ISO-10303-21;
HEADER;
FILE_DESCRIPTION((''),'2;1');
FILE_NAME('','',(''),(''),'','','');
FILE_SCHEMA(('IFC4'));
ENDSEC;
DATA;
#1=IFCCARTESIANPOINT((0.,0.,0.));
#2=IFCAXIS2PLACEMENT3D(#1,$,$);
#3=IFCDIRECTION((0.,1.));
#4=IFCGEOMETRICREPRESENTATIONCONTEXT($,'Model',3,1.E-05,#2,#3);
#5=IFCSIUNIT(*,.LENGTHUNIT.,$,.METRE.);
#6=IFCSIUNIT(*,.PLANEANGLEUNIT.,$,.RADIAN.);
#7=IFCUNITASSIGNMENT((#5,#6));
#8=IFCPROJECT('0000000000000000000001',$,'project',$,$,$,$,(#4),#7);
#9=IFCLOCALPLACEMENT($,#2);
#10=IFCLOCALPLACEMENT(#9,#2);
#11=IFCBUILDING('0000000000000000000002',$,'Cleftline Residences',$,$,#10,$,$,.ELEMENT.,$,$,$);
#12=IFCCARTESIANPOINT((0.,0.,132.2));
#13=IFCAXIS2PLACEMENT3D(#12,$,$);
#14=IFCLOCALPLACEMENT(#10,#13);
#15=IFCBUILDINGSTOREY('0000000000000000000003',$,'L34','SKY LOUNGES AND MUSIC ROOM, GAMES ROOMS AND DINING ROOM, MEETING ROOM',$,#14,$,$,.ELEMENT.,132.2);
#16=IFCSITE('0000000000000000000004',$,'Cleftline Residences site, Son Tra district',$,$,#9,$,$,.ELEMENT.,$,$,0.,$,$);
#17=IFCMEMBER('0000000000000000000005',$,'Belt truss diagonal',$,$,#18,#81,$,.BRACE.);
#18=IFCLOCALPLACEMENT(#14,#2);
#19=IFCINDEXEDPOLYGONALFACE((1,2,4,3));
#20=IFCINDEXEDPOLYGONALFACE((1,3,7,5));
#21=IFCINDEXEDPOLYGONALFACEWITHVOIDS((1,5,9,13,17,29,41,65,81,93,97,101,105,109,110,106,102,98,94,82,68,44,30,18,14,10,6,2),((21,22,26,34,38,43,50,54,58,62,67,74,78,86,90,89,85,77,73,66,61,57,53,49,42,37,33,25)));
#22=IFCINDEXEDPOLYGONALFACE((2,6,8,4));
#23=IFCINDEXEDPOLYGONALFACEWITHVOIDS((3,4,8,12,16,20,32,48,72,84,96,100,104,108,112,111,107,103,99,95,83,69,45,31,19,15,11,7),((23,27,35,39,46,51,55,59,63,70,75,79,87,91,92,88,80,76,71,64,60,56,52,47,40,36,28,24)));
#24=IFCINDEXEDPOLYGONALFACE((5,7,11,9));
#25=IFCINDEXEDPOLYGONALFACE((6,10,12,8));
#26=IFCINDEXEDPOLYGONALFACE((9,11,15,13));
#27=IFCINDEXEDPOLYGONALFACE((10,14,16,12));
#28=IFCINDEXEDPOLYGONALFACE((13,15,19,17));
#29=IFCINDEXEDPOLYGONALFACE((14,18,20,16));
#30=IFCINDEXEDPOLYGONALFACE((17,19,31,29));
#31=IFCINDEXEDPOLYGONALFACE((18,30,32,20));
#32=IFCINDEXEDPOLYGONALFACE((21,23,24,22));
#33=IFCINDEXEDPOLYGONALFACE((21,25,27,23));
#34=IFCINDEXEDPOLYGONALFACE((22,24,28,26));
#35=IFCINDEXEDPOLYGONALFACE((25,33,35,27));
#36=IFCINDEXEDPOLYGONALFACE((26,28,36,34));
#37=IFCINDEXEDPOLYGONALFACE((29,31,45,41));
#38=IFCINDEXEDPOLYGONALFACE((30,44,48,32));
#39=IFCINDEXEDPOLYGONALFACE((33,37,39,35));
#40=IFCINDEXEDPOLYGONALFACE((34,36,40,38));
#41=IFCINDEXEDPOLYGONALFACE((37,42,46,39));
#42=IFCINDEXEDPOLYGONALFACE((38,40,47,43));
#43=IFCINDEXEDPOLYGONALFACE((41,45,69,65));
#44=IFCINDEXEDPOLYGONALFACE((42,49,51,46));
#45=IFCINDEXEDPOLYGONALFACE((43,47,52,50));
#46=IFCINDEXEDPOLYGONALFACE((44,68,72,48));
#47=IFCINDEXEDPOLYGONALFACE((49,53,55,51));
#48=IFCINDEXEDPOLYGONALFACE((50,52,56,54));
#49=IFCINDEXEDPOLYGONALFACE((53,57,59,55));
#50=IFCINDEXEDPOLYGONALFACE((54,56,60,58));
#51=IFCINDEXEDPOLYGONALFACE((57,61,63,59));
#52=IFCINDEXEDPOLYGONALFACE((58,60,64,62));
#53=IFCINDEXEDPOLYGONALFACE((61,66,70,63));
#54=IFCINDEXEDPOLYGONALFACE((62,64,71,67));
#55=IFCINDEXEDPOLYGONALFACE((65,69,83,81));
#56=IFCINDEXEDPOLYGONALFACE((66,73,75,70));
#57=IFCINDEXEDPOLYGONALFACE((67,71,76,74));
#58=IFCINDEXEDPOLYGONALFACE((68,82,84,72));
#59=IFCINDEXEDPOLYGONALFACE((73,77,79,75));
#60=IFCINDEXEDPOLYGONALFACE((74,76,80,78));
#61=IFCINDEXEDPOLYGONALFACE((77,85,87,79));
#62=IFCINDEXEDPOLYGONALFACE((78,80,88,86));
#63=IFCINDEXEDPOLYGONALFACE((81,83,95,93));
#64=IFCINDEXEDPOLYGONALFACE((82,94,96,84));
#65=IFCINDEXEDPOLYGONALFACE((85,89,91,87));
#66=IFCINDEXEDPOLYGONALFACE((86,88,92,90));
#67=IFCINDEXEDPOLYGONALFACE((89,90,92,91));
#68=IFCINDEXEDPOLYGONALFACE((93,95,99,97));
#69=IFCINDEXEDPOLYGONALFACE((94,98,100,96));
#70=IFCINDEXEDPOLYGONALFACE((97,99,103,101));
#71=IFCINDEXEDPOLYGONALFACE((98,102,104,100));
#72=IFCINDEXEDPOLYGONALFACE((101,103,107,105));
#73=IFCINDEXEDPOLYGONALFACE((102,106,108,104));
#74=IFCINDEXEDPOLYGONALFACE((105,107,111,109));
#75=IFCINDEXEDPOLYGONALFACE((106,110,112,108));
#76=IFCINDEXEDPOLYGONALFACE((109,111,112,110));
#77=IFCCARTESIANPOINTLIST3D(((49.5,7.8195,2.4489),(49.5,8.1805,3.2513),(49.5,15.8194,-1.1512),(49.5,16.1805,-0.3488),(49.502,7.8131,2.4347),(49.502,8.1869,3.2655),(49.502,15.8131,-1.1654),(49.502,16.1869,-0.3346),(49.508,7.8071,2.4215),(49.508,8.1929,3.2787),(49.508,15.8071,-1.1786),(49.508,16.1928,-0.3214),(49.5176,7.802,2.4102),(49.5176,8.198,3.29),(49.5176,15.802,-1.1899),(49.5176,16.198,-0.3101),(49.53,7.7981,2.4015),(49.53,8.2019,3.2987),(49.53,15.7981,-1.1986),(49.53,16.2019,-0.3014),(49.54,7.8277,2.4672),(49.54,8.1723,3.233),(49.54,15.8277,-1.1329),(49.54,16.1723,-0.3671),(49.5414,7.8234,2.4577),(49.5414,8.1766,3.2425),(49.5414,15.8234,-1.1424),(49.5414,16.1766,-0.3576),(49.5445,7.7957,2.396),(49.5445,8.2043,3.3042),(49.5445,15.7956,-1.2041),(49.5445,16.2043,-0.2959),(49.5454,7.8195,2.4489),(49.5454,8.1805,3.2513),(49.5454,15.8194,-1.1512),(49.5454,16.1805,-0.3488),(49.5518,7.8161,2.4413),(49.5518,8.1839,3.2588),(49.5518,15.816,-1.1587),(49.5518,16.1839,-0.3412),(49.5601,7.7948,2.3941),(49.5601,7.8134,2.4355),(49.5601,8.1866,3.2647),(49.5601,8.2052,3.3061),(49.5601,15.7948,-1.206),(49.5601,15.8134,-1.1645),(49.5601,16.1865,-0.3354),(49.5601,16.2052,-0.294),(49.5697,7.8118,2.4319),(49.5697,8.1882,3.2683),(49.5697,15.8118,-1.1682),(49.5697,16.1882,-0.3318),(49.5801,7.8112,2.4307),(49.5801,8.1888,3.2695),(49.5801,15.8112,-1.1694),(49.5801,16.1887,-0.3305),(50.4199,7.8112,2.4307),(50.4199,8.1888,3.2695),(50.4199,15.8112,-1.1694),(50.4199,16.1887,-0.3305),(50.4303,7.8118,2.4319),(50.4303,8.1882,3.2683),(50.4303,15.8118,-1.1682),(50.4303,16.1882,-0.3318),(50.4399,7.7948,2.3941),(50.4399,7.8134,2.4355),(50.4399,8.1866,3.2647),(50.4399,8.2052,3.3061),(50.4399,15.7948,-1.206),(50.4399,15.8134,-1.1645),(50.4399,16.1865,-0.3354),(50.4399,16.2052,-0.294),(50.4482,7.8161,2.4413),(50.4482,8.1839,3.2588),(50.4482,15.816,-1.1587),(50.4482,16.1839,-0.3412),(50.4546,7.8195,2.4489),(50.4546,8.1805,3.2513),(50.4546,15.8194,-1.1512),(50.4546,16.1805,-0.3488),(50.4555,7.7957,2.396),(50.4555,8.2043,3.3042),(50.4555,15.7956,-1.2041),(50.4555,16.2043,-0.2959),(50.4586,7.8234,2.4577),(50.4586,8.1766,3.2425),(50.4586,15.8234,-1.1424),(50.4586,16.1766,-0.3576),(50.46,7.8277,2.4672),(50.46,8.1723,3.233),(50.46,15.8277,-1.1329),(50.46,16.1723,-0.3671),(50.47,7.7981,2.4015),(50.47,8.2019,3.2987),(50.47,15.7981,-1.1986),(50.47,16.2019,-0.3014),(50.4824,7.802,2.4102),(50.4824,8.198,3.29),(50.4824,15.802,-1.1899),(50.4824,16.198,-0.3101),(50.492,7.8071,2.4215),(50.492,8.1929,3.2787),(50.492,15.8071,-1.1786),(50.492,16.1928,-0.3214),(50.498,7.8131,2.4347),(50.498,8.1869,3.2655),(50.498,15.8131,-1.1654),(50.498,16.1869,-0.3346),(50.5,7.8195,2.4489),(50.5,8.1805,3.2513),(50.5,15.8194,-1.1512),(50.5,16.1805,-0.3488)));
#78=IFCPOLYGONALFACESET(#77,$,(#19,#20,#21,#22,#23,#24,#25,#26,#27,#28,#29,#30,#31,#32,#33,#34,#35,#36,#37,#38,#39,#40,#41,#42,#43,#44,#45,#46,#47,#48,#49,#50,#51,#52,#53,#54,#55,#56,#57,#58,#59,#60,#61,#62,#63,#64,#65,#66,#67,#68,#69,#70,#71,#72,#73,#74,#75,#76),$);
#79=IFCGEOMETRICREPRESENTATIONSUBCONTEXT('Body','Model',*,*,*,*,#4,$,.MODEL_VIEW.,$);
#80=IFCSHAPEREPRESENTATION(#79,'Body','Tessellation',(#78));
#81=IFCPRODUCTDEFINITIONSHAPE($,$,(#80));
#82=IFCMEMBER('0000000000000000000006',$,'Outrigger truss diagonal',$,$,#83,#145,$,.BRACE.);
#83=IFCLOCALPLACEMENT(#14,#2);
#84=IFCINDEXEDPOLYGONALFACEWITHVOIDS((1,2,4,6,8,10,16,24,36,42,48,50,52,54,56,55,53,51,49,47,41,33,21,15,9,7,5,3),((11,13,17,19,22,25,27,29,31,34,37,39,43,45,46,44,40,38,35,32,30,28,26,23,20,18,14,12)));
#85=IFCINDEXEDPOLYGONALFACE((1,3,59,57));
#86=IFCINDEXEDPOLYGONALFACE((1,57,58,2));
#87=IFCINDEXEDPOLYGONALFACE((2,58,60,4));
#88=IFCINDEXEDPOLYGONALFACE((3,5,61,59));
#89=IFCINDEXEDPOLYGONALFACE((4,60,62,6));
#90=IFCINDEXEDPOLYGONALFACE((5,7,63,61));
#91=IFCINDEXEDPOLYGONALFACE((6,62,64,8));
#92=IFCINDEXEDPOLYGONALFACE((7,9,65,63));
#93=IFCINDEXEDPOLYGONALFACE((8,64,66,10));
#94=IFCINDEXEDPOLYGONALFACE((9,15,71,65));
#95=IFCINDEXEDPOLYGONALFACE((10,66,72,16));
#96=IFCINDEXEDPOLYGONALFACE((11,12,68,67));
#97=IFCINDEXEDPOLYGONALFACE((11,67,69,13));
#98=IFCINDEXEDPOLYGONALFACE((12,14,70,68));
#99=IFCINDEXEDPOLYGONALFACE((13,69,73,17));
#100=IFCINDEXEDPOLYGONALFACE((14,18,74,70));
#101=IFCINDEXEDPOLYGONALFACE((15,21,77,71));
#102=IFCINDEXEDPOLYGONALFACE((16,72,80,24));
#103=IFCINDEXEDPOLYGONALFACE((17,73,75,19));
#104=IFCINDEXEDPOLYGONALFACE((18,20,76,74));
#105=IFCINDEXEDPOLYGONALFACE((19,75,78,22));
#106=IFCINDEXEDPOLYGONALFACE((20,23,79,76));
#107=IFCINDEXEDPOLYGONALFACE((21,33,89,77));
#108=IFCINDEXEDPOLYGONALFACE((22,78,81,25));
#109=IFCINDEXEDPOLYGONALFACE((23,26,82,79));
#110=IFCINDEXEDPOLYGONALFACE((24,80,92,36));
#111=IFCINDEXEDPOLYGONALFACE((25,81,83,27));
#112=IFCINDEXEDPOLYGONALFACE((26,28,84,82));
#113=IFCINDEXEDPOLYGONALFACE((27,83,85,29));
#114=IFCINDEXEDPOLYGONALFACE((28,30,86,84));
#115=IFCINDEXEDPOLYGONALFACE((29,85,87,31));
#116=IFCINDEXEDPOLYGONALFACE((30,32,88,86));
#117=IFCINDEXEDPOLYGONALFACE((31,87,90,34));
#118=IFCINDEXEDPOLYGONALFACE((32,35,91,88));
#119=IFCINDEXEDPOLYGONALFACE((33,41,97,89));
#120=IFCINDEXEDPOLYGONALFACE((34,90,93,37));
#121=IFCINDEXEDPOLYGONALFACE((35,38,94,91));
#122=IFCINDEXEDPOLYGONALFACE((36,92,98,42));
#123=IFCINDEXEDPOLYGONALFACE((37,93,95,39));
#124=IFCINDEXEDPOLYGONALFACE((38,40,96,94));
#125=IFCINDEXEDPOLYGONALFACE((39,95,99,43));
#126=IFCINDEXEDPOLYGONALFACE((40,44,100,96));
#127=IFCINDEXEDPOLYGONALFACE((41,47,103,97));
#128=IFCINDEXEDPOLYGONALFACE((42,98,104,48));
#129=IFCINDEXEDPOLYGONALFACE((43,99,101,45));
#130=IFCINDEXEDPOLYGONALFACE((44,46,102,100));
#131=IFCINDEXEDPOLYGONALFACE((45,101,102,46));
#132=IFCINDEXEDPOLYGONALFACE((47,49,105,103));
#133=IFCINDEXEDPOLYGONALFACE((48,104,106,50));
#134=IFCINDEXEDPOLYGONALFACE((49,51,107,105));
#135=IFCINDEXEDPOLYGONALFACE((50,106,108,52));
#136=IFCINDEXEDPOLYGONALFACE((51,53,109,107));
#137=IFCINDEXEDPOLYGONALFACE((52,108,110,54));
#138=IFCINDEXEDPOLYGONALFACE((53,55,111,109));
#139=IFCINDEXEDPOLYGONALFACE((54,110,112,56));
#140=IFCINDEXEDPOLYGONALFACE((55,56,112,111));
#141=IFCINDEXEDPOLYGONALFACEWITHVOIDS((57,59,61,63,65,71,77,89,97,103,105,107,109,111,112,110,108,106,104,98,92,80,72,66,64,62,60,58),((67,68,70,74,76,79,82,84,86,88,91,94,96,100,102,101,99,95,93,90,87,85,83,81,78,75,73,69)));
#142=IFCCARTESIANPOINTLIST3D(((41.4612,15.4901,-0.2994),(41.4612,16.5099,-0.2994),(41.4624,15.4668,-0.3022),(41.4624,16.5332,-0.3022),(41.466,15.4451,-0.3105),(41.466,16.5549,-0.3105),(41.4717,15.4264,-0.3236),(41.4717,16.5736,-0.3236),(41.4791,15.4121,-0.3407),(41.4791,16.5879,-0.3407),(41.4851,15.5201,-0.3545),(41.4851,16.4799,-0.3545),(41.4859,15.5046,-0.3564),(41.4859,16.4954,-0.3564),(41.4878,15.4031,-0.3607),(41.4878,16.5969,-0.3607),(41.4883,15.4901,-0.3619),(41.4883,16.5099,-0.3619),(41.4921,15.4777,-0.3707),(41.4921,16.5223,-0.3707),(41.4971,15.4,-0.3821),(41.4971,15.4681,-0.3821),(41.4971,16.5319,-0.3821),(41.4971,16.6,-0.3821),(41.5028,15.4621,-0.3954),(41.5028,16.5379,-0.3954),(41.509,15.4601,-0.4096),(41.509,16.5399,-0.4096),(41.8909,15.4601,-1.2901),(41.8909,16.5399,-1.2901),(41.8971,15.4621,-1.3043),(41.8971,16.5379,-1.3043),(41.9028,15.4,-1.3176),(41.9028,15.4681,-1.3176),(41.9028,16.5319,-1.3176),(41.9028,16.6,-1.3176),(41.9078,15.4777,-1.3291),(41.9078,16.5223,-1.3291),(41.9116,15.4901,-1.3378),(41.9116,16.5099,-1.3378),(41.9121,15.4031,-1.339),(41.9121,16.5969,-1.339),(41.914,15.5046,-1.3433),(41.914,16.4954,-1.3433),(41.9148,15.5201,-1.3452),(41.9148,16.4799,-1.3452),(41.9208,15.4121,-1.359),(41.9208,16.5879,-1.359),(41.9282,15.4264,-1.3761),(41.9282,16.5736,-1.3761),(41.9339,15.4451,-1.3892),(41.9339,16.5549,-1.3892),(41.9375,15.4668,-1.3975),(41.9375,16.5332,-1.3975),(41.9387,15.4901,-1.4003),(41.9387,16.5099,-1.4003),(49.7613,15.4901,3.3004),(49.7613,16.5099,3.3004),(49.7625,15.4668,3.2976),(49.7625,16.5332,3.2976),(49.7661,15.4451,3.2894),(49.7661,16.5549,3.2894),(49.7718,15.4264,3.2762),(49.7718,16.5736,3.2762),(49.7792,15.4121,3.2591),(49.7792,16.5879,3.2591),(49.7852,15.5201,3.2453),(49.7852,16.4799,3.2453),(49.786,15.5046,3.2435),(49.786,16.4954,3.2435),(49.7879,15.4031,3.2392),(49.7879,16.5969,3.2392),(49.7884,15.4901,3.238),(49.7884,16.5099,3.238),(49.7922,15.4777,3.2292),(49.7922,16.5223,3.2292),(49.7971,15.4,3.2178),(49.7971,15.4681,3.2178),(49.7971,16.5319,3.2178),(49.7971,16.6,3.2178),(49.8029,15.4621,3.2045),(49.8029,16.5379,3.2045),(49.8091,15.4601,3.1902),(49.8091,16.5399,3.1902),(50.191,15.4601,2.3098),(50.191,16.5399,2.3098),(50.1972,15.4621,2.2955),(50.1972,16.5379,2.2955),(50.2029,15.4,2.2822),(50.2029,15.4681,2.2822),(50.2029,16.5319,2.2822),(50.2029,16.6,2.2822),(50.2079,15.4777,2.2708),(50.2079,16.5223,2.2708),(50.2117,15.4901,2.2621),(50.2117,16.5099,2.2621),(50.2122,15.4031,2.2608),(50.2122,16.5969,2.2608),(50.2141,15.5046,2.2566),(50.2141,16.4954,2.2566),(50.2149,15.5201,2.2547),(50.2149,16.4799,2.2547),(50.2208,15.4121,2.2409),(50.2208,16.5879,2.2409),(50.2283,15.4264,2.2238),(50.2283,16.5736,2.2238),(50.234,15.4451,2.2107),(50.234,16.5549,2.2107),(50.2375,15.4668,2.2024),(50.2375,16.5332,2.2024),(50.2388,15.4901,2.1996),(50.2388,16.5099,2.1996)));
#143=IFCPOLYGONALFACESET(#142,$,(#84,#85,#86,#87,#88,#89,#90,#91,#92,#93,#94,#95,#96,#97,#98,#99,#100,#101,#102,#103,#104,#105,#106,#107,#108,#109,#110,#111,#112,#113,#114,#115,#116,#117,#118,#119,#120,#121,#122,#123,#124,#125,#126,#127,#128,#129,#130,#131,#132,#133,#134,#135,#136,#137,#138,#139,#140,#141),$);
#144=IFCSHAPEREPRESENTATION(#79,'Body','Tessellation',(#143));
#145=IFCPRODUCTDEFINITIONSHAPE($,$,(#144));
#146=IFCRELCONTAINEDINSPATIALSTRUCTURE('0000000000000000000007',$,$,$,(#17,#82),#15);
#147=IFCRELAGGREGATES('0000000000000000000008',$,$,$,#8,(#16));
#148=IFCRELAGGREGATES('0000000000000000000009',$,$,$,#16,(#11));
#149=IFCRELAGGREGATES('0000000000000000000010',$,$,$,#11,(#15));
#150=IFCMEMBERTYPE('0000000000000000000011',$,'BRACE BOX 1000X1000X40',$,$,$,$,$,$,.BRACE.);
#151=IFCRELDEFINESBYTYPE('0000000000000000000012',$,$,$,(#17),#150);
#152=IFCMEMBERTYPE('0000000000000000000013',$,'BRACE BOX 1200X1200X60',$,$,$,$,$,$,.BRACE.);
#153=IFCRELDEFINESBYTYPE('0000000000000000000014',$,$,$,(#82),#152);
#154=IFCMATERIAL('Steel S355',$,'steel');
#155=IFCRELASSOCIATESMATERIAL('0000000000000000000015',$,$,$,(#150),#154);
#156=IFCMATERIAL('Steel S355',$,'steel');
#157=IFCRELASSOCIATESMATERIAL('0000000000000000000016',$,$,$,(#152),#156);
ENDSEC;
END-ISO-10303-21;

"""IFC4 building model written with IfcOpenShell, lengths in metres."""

from ifc_helpers import new_model, si_unit, direction, frame, origin, origin_2d, place, context, subcontext, project, spatial, hollow_rectangle, extrude, material, material_profile, profile_set, type_object, element, save


model = new_model("IFC4")

# Units and contexts
model_context = context("Model", 3, precision=1e-05, world=origin(), true_north=direction((0.0, 1.0)))
body_context = subcontext(model_context, "Body", "Model", "MODEL_VIEW")
ifc_project = project(units=[si_unit("LENGTHUNIT", "METRE"), si_unit("PLANEANGLEUNIT", "RADIAN")], contexts=[model_context])

# Site, building, storey
site_placement = place(None, origin())
site = spatial("IfcSite", under=ifc_project, at=site_placement, Name="Cleftline Residences site, Son Tra district", CompositionType="ELEMENT", RefElevation=0.0)
building_placement = place(site_placement, origin())
building = spatial("IfcBuilding", under=site, at=building_placement, Name="Cleftline Residences", CompositionType="ELEMENT")
storey_placement = place(building_placement, frame((0.0, 0.0, 132.2)))
storey = spatial("IfcBuildingStorey", under=building, at=storey_placement, Name="L34", Description="SKY LOUNGES AND MUSIC ROOM, GAMES ROOMS AND DINING ROOM, MEETING ROOM", CompositionType="ELEMENT", Elevation=132.2)

# Members
ifc_material_1 = material(Name="Steel S355", Category="steel")
ifc_material_profile_1 = material_profile(ifc_material_1, hollow_rectangle(XDim=1.0, YDim=1.0, WallThickness=0.04, InnerFilletRadius=0.04, OuterFilletRadius=0.0601, at=origin_2d()))
ifc_profile_set_1 = profile_set([ifc_material_profile_1], Name="Steel S355")
member_type_1 = type_object("IfcMemberType", Name="BRACE BOX 1000X1000X40", PredefinedType="BRACE", material=ifc_profile_set_1)
member_1_placement = place(storey_placement, frame((50.0, 8.0, 2.8501), z_axis=(0.0, 0.911917, -0.410374), x_axis=(0.0, 0.410374, 0.911917)))
element("IfcMember", 1, at=member_1_placement, inside=storey, type_object=member_type_1, Name="Belt truss diagonal", PredefinedType="BRACE", context=body_context, shape_type="SweptSolid", body=[
    extrude(hollow_rectangle(XDim=1.0, YDim=1.0, WallThickness=0.04, InnerFilletRadius=0.04, OuterFilletRadius=0.0601, at=origin_2d()), origin(), (0.0, 0.0, 1.0), 8.7727),
])
ifc_material_2 = material(Name="Steel S355", Category="steel")
ifc_material_profile_2 = material_profile(ifc_material_2, hollow_rectangle(XDim=1.2, YDim=1.2, WallThickness=0.0601, InnerFilletRadius=0.0601, OuterFilletRadius=0.0901, at=origin_2d()))
ifc_profile_set_2 = profile_set([ifc_material_profile_2], Name="Steel S355")
member_type_2 = type_object("IfcMemberType", Name="BRACE BOX 1200X1200X60", PredefinedType="BRACE", material=ifc_profile_set_2)
member_2_placement = place(storey_placement, frame((41.7, 16.0, -0.8499), z_axis=(0.917428, 0.0, 0.397902), x_axis=(-0.397902, 0.0, 0.917428)))
element("IfcMember", 2, at=member_2_placement, inside=storey, type_object=member_type_2, Name="Outrigger truss diagonal", PredefinedType="BRACE", context=body_context, shape_type="SweptSolid", body=[
    extrude(hollow_rectangle(XDim=1.2, YDim=1.2, WallThickness=0.0601, InnerFilletRadius=0.0601, OuterFilletRadius=0.0901, at=origin_2d()), origin(), (0.0, 0.0, 1.0), 9.0471),
])

save(model, "model.ifc")
